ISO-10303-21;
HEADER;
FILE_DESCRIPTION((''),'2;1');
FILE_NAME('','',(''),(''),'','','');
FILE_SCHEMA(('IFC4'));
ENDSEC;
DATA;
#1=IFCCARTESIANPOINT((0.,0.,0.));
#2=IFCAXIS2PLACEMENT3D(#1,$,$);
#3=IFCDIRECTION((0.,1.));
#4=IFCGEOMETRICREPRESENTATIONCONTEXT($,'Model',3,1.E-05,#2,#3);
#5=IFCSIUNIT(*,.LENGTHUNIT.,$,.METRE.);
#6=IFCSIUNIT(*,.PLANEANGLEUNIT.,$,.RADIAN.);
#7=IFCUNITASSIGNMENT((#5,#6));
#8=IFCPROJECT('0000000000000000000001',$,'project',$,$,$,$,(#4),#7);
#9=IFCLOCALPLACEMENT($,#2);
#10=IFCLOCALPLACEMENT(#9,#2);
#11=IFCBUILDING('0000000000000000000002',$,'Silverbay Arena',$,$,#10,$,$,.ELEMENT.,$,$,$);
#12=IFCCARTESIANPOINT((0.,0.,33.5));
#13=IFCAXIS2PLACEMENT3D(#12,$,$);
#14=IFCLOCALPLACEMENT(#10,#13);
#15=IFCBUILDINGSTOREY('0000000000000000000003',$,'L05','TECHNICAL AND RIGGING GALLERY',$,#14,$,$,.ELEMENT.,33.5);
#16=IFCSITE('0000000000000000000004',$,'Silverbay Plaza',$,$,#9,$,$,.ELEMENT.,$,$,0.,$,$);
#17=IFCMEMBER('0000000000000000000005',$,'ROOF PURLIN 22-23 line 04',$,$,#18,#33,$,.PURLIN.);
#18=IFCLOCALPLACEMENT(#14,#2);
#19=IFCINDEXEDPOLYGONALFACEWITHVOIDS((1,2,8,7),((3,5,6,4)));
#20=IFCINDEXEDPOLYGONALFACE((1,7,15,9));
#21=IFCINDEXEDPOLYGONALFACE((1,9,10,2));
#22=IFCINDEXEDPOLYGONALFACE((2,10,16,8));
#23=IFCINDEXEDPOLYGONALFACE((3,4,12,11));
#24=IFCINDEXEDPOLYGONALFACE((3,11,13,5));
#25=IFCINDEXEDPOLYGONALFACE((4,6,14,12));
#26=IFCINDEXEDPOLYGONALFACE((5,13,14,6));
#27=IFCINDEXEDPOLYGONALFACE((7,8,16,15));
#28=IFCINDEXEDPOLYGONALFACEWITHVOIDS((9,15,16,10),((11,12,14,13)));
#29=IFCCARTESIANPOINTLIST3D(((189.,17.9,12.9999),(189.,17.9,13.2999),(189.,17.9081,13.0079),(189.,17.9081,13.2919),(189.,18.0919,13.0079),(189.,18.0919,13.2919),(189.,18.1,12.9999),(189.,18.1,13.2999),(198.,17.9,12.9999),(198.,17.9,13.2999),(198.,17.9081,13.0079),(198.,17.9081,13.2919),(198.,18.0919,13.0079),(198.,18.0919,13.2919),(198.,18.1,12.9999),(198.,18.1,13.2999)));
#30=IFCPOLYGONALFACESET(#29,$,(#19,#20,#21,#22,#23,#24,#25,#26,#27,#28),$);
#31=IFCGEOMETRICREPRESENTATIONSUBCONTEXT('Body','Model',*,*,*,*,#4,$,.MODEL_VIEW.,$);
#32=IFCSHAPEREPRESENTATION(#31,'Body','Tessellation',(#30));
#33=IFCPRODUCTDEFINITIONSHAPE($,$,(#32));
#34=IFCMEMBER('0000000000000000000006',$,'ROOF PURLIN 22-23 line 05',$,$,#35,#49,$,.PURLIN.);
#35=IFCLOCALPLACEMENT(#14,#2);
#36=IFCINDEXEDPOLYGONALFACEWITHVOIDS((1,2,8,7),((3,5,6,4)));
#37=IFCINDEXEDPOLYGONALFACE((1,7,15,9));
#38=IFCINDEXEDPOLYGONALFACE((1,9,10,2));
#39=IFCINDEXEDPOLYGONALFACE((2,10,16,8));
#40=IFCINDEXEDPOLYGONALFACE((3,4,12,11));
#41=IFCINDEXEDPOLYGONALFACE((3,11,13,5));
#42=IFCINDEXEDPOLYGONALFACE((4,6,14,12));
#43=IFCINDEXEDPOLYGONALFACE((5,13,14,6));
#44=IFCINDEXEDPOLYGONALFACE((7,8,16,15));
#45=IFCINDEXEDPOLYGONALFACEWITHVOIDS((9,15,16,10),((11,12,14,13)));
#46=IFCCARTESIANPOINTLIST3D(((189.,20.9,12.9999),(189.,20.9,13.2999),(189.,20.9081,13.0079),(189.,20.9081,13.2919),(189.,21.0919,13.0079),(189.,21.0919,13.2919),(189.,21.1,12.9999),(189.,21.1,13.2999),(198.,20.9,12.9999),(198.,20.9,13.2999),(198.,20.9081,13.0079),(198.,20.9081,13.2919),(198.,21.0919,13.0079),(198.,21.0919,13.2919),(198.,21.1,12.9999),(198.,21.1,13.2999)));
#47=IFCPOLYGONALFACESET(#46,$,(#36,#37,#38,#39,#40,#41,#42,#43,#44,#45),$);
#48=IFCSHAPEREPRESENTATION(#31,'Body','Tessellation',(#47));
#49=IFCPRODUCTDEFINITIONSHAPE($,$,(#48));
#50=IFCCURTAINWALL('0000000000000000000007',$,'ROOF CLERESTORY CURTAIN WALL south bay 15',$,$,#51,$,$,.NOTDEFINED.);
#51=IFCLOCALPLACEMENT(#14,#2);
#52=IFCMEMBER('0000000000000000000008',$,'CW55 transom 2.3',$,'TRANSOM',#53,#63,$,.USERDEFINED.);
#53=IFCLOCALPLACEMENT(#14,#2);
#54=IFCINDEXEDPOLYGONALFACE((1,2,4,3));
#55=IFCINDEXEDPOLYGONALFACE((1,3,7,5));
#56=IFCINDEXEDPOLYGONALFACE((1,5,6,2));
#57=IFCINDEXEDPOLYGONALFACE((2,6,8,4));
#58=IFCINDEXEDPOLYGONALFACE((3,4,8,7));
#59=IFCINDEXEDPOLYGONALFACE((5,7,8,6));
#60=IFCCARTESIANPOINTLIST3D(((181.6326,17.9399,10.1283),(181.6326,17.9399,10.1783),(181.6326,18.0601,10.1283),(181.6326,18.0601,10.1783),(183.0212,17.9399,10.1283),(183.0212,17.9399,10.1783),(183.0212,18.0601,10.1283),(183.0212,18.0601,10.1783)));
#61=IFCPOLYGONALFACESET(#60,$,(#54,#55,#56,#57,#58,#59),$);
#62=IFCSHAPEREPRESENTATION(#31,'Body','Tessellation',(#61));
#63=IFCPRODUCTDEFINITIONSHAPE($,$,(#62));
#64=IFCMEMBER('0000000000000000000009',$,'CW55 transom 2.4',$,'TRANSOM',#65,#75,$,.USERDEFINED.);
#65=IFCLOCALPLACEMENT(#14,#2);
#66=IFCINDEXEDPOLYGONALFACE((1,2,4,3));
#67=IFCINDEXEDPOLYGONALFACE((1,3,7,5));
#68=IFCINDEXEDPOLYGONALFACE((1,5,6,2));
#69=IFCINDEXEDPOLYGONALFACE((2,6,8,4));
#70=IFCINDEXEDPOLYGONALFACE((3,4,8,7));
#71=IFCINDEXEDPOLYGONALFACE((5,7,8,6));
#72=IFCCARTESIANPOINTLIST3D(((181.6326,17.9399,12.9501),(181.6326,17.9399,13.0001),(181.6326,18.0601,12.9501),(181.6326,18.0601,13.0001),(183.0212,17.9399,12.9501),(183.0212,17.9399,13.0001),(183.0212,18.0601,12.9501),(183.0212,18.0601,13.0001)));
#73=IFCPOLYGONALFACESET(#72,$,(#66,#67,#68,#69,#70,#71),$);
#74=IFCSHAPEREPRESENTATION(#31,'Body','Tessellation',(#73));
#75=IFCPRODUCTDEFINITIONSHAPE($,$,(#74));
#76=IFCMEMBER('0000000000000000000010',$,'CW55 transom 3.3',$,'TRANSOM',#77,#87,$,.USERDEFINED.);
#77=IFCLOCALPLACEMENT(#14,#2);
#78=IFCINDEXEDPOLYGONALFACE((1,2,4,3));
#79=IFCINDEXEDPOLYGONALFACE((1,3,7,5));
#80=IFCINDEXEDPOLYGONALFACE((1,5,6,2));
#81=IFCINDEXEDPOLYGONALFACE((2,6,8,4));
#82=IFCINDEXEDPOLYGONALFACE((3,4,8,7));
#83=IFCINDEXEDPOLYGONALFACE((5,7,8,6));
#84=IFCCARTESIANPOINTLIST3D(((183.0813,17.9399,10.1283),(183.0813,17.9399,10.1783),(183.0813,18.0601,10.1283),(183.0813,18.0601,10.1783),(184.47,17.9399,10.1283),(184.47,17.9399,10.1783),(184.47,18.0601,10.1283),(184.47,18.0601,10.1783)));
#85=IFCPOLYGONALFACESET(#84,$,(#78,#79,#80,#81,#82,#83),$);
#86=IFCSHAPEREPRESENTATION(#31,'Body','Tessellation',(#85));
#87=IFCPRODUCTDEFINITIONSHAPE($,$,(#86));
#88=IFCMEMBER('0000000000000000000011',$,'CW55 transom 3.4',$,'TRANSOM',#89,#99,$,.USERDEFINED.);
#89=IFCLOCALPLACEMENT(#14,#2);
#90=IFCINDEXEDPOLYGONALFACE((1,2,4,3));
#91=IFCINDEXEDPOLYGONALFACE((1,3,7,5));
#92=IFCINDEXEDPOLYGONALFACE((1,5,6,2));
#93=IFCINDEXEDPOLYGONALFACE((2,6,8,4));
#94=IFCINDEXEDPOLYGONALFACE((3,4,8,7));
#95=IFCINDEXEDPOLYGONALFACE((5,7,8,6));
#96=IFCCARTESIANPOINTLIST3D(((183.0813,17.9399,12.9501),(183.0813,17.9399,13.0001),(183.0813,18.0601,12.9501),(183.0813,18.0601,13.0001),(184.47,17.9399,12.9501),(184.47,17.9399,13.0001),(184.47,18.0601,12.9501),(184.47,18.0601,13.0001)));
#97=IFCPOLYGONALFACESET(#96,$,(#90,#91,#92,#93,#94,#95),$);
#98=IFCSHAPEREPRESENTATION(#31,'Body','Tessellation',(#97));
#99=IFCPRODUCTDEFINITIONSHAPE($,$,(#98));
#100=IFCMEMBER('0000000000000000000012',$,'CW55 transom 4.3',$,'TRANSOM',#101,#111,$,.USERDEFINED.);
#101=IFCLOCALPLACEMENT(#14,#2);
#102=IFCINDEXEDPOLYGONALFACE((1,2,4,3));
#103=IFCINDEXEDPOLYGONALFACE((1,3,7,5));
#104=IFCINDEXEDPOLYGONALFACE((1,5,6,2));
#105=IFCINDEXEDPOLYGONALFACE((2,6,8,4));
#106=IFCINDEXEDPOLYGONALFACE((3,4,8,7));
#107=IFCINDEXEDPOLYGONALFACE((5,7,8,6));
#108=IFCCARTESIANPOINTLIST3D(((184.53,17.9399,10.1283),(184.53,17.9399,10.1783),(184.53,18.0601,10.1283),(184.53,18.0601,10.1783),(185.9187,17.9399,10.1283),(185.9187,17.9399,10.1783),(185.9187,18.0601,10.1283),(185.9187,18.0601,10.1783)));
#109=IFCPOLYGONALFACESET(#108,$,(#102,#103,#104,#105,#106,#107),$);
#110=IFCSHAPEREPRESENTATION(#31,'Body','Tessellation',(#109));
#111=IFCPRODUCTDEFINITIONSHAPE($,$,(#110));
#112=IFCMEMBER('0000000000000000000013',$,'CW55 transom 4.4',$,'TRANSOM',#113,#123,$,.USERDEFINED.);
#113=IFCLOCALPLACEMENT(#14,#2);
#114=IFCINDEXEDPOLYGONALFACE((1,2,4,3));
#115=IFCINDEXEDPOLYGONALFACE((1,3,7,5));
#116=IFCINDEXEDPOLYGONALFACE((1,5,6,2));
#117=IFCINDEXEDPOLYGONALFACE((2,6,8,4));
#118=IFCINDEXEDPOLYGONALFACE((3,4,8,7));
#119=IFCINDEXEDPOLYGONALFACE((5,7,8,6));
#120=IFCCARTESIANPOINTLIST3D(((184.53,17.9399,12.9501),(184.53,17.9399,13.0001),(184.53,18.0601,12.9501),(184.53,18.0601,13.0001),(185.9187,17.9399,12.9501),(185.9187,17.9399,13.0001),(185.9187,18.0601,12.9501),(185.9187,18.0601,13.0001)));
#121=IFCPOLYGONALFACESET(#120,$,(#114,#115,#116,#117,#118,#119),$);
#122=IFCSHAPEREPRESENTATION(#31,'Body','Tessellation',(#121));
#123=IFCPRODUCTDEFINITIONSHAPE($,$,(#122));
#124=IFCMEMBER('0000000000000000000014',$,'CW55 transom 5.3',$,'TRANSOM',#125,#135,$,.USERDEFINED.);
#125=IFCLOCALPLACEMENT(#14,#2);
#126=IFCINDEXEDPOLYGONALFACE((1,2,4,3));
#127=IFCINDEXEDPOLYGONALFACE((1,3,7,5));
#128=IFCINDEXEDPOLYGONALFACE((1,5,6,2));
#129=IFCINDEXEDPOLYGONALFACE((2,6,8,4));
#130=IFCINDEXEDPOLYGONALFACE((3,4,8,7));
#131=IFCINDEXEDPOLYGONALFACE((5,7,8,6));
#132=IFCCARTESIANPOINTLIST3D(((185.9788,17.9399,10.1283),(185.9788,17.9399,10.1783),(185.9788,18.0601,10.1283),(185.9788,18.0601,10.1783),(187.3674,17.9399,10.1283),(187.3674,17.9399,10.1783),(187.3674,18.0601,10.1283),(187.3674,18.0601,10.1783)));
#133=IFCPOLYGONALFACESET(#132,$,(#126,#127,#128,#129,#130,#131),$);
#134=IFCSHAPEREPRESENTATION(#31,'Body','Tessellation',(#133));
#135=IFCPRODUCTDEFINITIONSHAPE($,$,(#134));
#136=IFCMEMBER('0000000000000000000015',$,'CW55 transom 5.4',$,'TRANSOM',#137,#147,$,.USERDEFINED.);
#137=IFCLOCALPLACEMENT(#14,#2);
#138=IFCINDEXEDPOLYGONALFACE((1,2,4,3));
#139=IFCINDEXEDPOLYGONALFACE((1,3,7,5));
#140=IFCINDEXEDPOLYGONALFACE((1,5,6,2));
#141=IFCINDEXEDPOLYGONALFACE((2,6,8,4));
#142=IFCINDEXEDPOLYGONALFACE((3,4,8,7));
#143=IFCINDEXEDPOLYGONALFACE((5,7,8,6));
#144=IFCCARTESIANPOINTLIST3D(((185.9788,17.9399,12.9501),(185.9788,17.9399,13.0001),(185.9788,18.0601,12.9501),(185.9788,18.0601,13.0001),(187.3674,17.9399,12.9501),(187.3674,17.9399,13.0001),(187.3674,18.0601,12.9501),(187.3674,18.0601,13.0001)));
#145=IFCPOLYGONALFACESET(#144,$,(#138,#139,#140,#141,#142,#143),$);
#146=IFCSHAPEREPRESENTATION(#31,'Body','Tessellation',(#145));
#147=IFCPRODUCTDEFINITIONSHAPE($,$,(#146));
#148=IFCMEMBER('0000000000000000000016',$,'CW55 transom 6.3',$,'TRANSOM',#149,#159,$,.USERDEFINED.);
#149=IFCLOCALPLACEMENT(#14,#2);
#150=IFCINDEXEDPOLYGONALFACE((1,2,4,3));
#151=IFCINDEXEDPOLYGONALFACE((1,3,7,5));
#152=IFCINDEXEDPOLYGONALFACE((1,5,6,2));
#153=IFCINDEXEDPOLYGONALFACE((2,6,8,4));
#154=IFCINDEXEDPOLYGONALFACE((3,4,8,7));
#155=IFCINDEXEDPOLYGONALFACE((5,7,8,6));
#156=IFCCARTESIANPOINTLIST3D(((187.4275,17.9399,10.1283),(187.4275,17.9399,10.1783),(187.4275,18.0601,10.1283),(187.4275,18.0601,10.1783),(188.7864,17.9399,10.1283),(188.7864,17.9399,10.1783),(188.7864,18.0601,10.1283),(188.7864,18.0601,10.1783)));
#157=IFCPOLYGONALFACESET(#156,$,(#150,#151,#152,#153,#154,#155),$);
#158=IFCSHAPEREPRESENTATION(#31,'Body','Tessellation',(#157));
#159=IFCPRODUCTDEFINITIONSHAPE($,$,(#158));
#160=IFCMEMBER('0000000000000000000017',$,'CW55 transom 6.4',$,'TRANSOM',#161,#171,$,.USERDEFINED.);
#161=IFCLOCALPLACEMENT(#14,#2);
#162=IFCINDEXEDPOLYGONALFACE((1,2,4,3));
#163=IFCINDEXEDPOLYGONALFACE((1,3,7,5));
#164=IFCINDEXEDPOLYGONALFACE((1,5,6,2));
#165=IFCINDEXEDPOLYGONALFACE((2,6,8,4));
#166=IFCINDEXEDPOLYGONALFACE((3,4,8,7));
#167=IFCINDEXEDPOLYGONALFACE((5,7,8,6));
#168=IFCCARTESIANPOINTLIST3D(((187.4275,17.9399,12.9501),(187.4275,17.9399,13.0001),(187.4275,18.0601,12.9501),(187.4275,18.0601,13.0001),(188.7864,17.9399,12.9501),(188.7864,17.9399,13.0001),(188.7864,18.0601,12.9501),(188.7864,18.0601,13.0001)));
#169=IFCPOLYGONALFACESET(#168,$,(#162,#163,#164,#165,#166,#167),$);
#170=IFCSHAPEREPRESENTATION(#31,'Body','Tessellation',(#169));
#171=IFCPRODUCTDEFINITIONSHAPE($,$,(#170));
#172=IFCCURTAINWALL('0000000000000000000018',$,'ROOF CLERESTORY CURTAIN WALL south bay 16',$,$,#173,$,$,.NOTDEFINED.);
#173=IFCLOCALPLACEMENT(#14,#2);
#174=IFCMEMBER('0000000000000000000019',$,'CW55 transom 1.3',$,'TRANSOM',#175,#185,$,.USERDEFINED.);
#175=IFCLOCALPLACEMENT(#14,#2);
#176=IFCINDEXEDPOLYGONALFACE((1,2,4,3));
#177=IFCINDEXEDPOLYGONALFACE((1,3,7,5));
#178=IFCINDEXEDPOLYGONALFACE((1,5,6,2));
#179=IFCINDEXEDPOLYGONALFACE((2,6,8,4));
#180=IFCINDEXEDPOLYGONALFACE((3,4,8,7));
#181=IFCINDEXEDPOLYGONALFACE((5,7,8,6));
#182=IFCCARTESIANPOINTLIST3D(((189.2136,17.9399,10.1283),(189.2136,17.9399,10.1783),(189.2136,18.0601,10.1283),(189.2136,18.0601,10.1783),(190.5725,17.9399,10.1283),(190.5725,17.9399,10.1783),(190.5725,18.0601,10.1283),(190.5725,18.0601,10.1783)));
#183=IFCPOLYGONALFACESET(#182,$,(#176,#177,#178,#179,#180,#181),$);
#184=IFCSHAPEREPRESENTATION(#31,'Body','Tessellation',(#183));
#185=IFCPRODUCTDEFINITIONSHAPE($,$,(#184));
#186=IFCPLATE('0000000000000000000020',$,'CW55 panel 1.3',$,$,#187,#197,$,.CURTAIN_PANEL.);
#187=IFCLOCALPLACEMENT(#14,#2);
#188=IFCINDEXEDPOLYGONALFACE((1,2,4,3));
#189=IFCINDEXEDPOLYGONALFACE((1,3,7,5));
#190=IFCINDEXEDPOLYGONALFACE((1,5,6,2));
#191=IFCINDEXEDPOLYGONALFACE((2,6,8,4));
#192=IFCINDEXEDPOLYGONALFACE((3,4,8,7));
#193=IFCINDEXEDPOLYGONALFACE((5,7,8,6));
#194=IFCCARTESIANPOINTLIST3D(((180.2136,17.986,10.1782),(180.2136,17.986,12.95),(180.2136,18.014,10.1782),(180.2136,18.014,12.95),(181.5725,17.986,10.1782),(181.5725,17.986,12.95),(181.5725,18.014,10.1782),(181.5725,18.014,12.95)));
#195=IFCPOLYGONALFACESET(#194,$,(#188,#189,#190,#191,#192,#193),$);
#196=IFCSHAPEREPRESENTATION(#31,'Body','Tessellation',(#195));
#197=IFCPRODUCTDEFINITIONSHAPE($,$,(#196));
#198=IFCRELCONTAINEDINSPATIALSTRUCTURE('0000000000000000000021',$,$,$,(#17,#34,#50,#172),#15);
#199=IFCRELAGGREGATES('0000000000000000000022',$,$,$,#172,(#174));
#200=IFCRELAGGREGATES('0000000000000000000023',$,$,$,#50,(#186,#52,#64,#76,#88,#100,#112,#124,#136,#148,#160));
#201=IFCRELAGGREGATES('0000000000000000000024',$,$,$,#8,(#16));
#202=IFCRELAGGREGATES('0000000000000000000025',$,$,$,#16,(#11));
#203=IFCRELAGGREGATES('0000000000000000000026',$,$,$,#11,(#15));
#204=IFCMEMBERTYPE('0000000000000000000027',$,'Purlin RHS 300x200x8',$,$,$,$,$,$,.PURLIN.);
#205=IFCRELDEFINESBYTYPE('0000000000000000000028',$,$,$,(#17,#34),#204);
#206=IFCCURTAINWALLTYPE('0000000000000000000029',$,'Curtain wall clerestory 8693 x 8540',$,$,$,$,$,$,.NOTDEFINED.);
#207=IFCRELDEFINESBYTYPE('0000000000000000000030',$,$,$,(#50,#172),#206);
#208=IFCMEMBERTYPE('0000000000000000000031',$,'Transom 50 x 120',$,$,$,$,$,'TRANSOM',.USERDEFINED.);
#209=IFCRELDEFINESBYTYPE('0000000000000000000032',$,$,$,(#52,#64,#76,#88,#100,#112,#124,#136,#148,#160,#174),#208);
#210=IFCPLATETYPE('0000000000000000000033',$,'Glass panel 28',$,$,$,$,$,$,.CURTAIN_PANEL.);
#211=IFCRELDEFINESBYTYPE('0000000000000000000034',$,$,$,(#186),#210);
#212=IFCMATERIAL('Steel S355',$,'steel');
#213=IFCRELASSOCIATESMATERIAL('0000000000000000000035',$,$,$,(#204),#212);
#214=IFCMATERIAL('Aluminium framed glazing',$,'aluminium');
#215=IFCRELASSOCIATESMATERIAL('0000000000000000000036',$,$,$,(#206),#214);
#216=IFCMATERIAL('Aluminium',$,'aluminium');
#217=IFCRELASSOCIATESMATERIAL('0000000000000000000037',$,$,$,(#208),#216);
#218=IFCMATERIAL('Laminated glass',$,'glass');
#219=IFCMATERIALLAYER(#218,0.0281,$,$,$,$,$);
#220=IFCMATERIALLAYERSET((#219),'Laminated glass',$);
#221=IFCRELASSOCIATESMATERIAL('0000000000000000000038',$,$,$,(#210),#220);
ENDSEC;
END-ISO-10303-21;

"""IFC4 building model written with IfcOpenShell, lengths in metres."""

from ifc_helpers import new_model, si_unit, direction, frame, origin, origin_2d, place, context, subcontext, project, spatial, rectangle, hollow_rectangle, extrude, material, layer, layer_set, material_profile, profile_set, type_object, element, aggregate, save


model = new_model("IFC4")

# Units and contexts
model_context = context("Model", 3, precision=1e-05, world=origin(), true_north=direction((0.0, 1.0)))
body_context = subcontext(model_context, "Body", "Model", "MODEL_VIEW")
ifc_project = project(units=[si_unit("LENGTHUNIT", "METRE"), si_unit("PLANEANGLEUNIT", "RADIAN")], contexts=[model_context])

# Site, building, storey
site_placement = place(None, origin())
site = spatial("IfcSite", under=ifc_project, at=site_placement, Name="Silverbay Plaza", CompositionType="ELEMENT", RefElevation=0.0)
building_placement = place(site_placement, origin())
building = spatial("IfcBuilding", under=site, at=building_placement, Name="Silverbay Arena", CompositionType="ELEMENT")
storey_placement = place(building_placement, frame((0.0, 0.0, 33.5)))
storey = spatial("IfcBuildingStorey", under=building, at=storey_placement, Name="L05", Description="TECHNICAL AND RIGGING GALLERY", CompositionType="ELEMENT", Elevation=33.5)

# Members
ifc_material_1 = material(Name="Steel S355", Category="steel")
ifc_material_profile_1 = material_profile(ifc_material_1, hollow_rectangle(XDim=0.2, YDim=0.3, WallThickness=0.0081, at=origin_2d()), Name="RHS 300x200x8")
ifc_profile_set_1 = profile_set([ifc_material_profile_1], Name="Steel S355")
member_type_1 = type_object("IfcMemberType", Name="Purlin RHS 300x200x8", PredefinedType="PURLIN", material=ifc_profile_set_1)
for number, where, z_axis, x_axis, name in (
    (1, (189.0, 18.0, 13.1499), (1.0, 0.0, 0.0), (0.0, 1.0, 0.0), "ROOF PURLIN 22-23 line 04"),
    (2, (189.0, 21.0, 13.1499), (1.0, 0.0, 0.0), (0.0, 1.0, 0.0), "ROOF PURLIN 22-23 line 05"),
):
    element("IfcMember", number, at=place(storey_placement, frame(where, z_axis=z_axis, x_axis=x_axis)), inside=storey, type_object=member_type_1, Name=name, PredefinedType="PURLIN", context=body_context, shape_type="SweptSolid", body=[
        extrude(hollow_rectangle(XDim=0.2, YDim=0.3, WallThickness=0.0081, at=origin_2d()), origin(), (0.0, 0.0, 1.0), 9.0),
    ])

# Curtain wall, members
ifc_material_2 = material(Name="Aluminium framed glazing", Category="aluminium")
curtain_wall_type = type_object("IfcCurtainWallType", Name="Curtain wall clerestory 8693 x 8540", PredefinedType="NOTDEFINED", material=ifc_material_2)
curtain_wall_1_placement = place(storey_placement, origin())
curtain_wall_1 = element("IfcCurtainWall", 3, at=curtain_wall_1_placement, inside=storey, type_object=curtain_wall_type, Name="ROOF CLERESTORY CURTAIN WALL south bay 15", PredefinedType="NOTDEFINED")
ifc_material_3 = material(Name="Aluminium", Category="aluminium")
ifc_material_profile_2 = material_profile(ifc_material_3, rectangle(XDim=0.1201, YDim=0.05, at=origin_2d()), Name="Transom 50 x 120")
ifc_profile_set_2 = profile_set([ifc_material_profile_2], Name="Aluminium")
member_type_2 = type_object("IfcMemberType", Name="Transom 50 x 120", ElementType="TRANSOM", PredefinedType="USERDEFINED", material=ifc_profile_set_2)
member_1_placement = place(storey_placement, frame((181.6326, 18.0, 10.1533), z_axis=(1.0, 0.0, 0.0), x_axis=(0.0, 1.0, 0.0)))
member_1 = element("IfcMember", 4, at=member_1_placement, type_object=member_type_2, Name="CW55 transom 2.3", ObjectType="TRANSOM", PredefinedType="USERDEFINED", context=body_context, shape_type="SweptSolid", body=[
    extrude(rectangle(XDim=0.1201, YDim=0.05, at=origin_2d()), origin(), (0.0, 0.0, 1.0), 1.3887),
])
member_2_placement = place(storey_placement, frame((181.6326, 18.0, 12.9751), z_axis=(1.0, 0.0, 0.0), x_axis=(0.0, 1.0, 0.0)))
member_2 = element("IfcMember", 5, at=member_2_placement, type_object=member_type_2, Name="CW55 transom 2.4", ObjectType="TRANSOM", PredefinedType="USERDEFINED", context=body_context, shape_type="SweptSolid", body=[
    extrude(rectangle(XDim=0.1201, YDim=0.05, at=origin_2d()), origin(), (0.0, 0.0, 1.0), 1.3887),
])
member_3_placement = place(storey_placement, frame((183.0813, 18.0, 10.1533), z_axis=(1.0, 0.0, 0.0), x_axis=(0.0, 1.0, 0.0)))
member_3 = element("IfcMember", 6, at=member_3_placement, type_object=member_type_2, Name="CW55 transom 3.3", ObjectType="TRANSOM", PredefinedType="USERDEFINED", context=body_context, shape_type="SweptSolid", body=[
    extrude(rectangle(XDim=0.1201, YDim=0.05, at=origin_2d()), origin(), (0.0, 0.0, 1.0), 1.3887),
])
member_4_placement = place(storey_placement, frame((183.0813, 18.0, 12.9751), z_axis=(1.0, 0.0, 0.0), x_axis=(0.0, 1.0, 0.0)))
member_4 = element("IfcMember", 7, at=member_4_placement, type_object=member_type_2, Name="CW55 transom 3.4", ObjectType="TRANSOM", PredefinedType="USERDEFINED", context=body_context, shape_type="SweptSolid", body=[
    extrude(rectangle(XDim=0.1201, YDim=0.05, at=origin_2d()), origin(), (0.0, 0.0, 1.0), 1.3887),
])
member_5_placement = place(storey_placement, frame((184.53, 18.0, 10.1533), z_axis=(1.0, 0.0, 0.0), x_axis=(0.0, 1.0, 0.0)))
member_5 = element("IfcMember", 8, at=member_5_placement, type_object=member_type_2, Name="CW55 transom 4.3", ObjectType="TRANSOM", PredefinedType="USERDEFINED", context=body_context, shape_type="SweptSolid", body=[
    extrude(rectangle(XDim=0.1201, YDim=0.05, at=origin_2d()), origin(), (0.0, 0.0, 1.0), 1.3887),
])
member_6_placement = place(storey_placement, frame((184.53, 18.0, 12.9751), z_axis=(1.0, 0.0, 0.0), x_axis=(0.0, 1.0, 0.0)))
member_6 = element("IfcMember", 9, at=member_6_placement, type_object=member_type_2, Name="CW55 transom 4.4", ObjectType="TRANSOM", PredefinedType="USERDEFINED", context=body_context, shape_type="SweptSolid", body=[
    extrude(rectangle(XDim=0.1201, YDim=0.05, at=origin_2d()), origin(), (0.0, 0.0, 1.0), 1.3887),
])
member_7_placement = place(storey_placement, frame((185.9788, 18.0, 10.1533), z_axis=(1.0, 0.0, 0.0), x_axis=(0.0, 1.0, 0.0)))
member_7 = element("IfcMember", 10, at=member_7_placement, type_object=member_type_2, Name="CW55 transom 5.3", ObjectType="TRANSOM", PredefinedType="USERDEFINED", context=body_context, shape_type="SweptSolid", body=[
    extrude(rectangle(XDim=0.1201, YDim=0.05, at=origin_2d()), origin(), (0.0, 0.0, 1.0), 1.3887),
])
member_8_placement = place(storey_placement, frame((185.9788, 18.0, 12.9751), z_axis=(1.0, 0.0, 0.0), x_axis=(0.0, 1.0, 0.0)))
member_8 = element("IfcMember", 11, at=member_8_placement, type_object=member_type_2, Name="CW55 transom 5.4", ObjectType="TRANSOM", PredefinedType="USERDEFINED", context=body_context, shape_type="SweptSolid", body=[
    extrude(rectangle(XDim=0.1201, YDim=0.05, at=origin_2d()), origin(), (0.0, 0.0, 1.0), 1.3887),
])
member_9_placement = place(storey_placement, frame((187.4275, 18.0, 10.1533), z_axis=(1.0, 0.0, 0.0), x_axis=(0.0, 1.0, 0.0)))
member_9 = element("IfcMember", 12, at=member_9_placement, type_object=member_type_2, Name="CW55 transom 6.3", ObjectType="TRANSOM", PredefinedType="USERDEFINED", context=body_context, shape_type="SweptSolid", body=[
    extrude(rectangle(XDim=0.1201, YDim=0.05, at=origin_2d()), origin(), (0.0, 0.0, 1.0), 1.3589),
])
member_10_placement = place(storey_placement, frame((187.4275, 18.0, 12.9751), z_axis=(1.0, 0.0, 0.0), x_axis=(0.0, 1.0, 0.0)))
member_10 = element("IfcMember", 13, at=member_10_placement, type_object=member_type_2, Name="CW55 transom 6.4", ObjectType="TRANSOM", PredefinedType="USERDEFINED", context=body_context, shape_type="SweptSolid", body=[
    extrude(rectangle(XDim=0.1201, YDim=0.05, at=origin_2d()), origin(), (0.0, 0.0, 1.0), 1.3589),
])

# Curtain wall, member
curtain_wall_2_placement = place(storey_placement, origin())
curtain_wall_2 = element("IfcCurtainWall", 14, at=curtain_wall_2_placement, inside=storey, type_object=curtain_wall_type, Name="ROOF CLERESTORY CURTAIN WALL south bay 16", PredefinedType="NOTDEFINED")
member_11_placement = place(storey_placement, frame((189.2136, 18.0, 10.1533), z_axis=(1.0, 0.0, 0.0), x_axis=(0.0, 1.0, 0.0)))
member_11 = element("IfcMember", 15, at=member_11_placement, type_object=member_type_2, Name="CW55 transom 1.3", ObjectType="TRANSOM", PredefinedType="USERDEFINED", context=body_context, shape_type="SweptSolid", body=[
    extrude(rectangle(XDim=0.1201, YDim=0.05, at=origin_2d()), origin(), (0.0, 0.0, 1.0), 1.3589),
])
aggregate(curtain_wall_2, [member_11])

# Plate
ifc_material_4 = material(Name="Laminated glass", Category="glass")
ifc_layer = layer(ifc_material_4, 0.0281)
ifc_layer_set = layer_set([ifc_layer], Name="Laminated glass")
plate_type = type_object("IfcPlateType", Name="Glass panel 28", PredefinedType="CURTAIN_PANEL", material=ifc_layer_set)
plate_1_placement = place(storey_placement, frame((180.8931, 18.0, 10.1782), z_axis=(0.0, 0.0, 1.0), x_axis=(1.0, 0.0, 0.0)))
plate_1 = element("IfcPlate", 16, at=plate_1_placement, type_object=plate_type, Name="CW55 panel 1.3", PredefinedType="CURTAIN_PANEL", context=body_context, shape_type="SweptSolid", body=[
    extrude(rectangle(XDim=1.3589, YDim=0.0281, at=origin_2d()), origin(), (0.0, 0.0, 1.0), 2.7717),
])
aggregate(curtain_wall_1, [plate_1, member_1, member_2, member_3, member_4, member_5, member_6, member_7, member_8, member_9, member_10])

save(model, "model.ifc")
